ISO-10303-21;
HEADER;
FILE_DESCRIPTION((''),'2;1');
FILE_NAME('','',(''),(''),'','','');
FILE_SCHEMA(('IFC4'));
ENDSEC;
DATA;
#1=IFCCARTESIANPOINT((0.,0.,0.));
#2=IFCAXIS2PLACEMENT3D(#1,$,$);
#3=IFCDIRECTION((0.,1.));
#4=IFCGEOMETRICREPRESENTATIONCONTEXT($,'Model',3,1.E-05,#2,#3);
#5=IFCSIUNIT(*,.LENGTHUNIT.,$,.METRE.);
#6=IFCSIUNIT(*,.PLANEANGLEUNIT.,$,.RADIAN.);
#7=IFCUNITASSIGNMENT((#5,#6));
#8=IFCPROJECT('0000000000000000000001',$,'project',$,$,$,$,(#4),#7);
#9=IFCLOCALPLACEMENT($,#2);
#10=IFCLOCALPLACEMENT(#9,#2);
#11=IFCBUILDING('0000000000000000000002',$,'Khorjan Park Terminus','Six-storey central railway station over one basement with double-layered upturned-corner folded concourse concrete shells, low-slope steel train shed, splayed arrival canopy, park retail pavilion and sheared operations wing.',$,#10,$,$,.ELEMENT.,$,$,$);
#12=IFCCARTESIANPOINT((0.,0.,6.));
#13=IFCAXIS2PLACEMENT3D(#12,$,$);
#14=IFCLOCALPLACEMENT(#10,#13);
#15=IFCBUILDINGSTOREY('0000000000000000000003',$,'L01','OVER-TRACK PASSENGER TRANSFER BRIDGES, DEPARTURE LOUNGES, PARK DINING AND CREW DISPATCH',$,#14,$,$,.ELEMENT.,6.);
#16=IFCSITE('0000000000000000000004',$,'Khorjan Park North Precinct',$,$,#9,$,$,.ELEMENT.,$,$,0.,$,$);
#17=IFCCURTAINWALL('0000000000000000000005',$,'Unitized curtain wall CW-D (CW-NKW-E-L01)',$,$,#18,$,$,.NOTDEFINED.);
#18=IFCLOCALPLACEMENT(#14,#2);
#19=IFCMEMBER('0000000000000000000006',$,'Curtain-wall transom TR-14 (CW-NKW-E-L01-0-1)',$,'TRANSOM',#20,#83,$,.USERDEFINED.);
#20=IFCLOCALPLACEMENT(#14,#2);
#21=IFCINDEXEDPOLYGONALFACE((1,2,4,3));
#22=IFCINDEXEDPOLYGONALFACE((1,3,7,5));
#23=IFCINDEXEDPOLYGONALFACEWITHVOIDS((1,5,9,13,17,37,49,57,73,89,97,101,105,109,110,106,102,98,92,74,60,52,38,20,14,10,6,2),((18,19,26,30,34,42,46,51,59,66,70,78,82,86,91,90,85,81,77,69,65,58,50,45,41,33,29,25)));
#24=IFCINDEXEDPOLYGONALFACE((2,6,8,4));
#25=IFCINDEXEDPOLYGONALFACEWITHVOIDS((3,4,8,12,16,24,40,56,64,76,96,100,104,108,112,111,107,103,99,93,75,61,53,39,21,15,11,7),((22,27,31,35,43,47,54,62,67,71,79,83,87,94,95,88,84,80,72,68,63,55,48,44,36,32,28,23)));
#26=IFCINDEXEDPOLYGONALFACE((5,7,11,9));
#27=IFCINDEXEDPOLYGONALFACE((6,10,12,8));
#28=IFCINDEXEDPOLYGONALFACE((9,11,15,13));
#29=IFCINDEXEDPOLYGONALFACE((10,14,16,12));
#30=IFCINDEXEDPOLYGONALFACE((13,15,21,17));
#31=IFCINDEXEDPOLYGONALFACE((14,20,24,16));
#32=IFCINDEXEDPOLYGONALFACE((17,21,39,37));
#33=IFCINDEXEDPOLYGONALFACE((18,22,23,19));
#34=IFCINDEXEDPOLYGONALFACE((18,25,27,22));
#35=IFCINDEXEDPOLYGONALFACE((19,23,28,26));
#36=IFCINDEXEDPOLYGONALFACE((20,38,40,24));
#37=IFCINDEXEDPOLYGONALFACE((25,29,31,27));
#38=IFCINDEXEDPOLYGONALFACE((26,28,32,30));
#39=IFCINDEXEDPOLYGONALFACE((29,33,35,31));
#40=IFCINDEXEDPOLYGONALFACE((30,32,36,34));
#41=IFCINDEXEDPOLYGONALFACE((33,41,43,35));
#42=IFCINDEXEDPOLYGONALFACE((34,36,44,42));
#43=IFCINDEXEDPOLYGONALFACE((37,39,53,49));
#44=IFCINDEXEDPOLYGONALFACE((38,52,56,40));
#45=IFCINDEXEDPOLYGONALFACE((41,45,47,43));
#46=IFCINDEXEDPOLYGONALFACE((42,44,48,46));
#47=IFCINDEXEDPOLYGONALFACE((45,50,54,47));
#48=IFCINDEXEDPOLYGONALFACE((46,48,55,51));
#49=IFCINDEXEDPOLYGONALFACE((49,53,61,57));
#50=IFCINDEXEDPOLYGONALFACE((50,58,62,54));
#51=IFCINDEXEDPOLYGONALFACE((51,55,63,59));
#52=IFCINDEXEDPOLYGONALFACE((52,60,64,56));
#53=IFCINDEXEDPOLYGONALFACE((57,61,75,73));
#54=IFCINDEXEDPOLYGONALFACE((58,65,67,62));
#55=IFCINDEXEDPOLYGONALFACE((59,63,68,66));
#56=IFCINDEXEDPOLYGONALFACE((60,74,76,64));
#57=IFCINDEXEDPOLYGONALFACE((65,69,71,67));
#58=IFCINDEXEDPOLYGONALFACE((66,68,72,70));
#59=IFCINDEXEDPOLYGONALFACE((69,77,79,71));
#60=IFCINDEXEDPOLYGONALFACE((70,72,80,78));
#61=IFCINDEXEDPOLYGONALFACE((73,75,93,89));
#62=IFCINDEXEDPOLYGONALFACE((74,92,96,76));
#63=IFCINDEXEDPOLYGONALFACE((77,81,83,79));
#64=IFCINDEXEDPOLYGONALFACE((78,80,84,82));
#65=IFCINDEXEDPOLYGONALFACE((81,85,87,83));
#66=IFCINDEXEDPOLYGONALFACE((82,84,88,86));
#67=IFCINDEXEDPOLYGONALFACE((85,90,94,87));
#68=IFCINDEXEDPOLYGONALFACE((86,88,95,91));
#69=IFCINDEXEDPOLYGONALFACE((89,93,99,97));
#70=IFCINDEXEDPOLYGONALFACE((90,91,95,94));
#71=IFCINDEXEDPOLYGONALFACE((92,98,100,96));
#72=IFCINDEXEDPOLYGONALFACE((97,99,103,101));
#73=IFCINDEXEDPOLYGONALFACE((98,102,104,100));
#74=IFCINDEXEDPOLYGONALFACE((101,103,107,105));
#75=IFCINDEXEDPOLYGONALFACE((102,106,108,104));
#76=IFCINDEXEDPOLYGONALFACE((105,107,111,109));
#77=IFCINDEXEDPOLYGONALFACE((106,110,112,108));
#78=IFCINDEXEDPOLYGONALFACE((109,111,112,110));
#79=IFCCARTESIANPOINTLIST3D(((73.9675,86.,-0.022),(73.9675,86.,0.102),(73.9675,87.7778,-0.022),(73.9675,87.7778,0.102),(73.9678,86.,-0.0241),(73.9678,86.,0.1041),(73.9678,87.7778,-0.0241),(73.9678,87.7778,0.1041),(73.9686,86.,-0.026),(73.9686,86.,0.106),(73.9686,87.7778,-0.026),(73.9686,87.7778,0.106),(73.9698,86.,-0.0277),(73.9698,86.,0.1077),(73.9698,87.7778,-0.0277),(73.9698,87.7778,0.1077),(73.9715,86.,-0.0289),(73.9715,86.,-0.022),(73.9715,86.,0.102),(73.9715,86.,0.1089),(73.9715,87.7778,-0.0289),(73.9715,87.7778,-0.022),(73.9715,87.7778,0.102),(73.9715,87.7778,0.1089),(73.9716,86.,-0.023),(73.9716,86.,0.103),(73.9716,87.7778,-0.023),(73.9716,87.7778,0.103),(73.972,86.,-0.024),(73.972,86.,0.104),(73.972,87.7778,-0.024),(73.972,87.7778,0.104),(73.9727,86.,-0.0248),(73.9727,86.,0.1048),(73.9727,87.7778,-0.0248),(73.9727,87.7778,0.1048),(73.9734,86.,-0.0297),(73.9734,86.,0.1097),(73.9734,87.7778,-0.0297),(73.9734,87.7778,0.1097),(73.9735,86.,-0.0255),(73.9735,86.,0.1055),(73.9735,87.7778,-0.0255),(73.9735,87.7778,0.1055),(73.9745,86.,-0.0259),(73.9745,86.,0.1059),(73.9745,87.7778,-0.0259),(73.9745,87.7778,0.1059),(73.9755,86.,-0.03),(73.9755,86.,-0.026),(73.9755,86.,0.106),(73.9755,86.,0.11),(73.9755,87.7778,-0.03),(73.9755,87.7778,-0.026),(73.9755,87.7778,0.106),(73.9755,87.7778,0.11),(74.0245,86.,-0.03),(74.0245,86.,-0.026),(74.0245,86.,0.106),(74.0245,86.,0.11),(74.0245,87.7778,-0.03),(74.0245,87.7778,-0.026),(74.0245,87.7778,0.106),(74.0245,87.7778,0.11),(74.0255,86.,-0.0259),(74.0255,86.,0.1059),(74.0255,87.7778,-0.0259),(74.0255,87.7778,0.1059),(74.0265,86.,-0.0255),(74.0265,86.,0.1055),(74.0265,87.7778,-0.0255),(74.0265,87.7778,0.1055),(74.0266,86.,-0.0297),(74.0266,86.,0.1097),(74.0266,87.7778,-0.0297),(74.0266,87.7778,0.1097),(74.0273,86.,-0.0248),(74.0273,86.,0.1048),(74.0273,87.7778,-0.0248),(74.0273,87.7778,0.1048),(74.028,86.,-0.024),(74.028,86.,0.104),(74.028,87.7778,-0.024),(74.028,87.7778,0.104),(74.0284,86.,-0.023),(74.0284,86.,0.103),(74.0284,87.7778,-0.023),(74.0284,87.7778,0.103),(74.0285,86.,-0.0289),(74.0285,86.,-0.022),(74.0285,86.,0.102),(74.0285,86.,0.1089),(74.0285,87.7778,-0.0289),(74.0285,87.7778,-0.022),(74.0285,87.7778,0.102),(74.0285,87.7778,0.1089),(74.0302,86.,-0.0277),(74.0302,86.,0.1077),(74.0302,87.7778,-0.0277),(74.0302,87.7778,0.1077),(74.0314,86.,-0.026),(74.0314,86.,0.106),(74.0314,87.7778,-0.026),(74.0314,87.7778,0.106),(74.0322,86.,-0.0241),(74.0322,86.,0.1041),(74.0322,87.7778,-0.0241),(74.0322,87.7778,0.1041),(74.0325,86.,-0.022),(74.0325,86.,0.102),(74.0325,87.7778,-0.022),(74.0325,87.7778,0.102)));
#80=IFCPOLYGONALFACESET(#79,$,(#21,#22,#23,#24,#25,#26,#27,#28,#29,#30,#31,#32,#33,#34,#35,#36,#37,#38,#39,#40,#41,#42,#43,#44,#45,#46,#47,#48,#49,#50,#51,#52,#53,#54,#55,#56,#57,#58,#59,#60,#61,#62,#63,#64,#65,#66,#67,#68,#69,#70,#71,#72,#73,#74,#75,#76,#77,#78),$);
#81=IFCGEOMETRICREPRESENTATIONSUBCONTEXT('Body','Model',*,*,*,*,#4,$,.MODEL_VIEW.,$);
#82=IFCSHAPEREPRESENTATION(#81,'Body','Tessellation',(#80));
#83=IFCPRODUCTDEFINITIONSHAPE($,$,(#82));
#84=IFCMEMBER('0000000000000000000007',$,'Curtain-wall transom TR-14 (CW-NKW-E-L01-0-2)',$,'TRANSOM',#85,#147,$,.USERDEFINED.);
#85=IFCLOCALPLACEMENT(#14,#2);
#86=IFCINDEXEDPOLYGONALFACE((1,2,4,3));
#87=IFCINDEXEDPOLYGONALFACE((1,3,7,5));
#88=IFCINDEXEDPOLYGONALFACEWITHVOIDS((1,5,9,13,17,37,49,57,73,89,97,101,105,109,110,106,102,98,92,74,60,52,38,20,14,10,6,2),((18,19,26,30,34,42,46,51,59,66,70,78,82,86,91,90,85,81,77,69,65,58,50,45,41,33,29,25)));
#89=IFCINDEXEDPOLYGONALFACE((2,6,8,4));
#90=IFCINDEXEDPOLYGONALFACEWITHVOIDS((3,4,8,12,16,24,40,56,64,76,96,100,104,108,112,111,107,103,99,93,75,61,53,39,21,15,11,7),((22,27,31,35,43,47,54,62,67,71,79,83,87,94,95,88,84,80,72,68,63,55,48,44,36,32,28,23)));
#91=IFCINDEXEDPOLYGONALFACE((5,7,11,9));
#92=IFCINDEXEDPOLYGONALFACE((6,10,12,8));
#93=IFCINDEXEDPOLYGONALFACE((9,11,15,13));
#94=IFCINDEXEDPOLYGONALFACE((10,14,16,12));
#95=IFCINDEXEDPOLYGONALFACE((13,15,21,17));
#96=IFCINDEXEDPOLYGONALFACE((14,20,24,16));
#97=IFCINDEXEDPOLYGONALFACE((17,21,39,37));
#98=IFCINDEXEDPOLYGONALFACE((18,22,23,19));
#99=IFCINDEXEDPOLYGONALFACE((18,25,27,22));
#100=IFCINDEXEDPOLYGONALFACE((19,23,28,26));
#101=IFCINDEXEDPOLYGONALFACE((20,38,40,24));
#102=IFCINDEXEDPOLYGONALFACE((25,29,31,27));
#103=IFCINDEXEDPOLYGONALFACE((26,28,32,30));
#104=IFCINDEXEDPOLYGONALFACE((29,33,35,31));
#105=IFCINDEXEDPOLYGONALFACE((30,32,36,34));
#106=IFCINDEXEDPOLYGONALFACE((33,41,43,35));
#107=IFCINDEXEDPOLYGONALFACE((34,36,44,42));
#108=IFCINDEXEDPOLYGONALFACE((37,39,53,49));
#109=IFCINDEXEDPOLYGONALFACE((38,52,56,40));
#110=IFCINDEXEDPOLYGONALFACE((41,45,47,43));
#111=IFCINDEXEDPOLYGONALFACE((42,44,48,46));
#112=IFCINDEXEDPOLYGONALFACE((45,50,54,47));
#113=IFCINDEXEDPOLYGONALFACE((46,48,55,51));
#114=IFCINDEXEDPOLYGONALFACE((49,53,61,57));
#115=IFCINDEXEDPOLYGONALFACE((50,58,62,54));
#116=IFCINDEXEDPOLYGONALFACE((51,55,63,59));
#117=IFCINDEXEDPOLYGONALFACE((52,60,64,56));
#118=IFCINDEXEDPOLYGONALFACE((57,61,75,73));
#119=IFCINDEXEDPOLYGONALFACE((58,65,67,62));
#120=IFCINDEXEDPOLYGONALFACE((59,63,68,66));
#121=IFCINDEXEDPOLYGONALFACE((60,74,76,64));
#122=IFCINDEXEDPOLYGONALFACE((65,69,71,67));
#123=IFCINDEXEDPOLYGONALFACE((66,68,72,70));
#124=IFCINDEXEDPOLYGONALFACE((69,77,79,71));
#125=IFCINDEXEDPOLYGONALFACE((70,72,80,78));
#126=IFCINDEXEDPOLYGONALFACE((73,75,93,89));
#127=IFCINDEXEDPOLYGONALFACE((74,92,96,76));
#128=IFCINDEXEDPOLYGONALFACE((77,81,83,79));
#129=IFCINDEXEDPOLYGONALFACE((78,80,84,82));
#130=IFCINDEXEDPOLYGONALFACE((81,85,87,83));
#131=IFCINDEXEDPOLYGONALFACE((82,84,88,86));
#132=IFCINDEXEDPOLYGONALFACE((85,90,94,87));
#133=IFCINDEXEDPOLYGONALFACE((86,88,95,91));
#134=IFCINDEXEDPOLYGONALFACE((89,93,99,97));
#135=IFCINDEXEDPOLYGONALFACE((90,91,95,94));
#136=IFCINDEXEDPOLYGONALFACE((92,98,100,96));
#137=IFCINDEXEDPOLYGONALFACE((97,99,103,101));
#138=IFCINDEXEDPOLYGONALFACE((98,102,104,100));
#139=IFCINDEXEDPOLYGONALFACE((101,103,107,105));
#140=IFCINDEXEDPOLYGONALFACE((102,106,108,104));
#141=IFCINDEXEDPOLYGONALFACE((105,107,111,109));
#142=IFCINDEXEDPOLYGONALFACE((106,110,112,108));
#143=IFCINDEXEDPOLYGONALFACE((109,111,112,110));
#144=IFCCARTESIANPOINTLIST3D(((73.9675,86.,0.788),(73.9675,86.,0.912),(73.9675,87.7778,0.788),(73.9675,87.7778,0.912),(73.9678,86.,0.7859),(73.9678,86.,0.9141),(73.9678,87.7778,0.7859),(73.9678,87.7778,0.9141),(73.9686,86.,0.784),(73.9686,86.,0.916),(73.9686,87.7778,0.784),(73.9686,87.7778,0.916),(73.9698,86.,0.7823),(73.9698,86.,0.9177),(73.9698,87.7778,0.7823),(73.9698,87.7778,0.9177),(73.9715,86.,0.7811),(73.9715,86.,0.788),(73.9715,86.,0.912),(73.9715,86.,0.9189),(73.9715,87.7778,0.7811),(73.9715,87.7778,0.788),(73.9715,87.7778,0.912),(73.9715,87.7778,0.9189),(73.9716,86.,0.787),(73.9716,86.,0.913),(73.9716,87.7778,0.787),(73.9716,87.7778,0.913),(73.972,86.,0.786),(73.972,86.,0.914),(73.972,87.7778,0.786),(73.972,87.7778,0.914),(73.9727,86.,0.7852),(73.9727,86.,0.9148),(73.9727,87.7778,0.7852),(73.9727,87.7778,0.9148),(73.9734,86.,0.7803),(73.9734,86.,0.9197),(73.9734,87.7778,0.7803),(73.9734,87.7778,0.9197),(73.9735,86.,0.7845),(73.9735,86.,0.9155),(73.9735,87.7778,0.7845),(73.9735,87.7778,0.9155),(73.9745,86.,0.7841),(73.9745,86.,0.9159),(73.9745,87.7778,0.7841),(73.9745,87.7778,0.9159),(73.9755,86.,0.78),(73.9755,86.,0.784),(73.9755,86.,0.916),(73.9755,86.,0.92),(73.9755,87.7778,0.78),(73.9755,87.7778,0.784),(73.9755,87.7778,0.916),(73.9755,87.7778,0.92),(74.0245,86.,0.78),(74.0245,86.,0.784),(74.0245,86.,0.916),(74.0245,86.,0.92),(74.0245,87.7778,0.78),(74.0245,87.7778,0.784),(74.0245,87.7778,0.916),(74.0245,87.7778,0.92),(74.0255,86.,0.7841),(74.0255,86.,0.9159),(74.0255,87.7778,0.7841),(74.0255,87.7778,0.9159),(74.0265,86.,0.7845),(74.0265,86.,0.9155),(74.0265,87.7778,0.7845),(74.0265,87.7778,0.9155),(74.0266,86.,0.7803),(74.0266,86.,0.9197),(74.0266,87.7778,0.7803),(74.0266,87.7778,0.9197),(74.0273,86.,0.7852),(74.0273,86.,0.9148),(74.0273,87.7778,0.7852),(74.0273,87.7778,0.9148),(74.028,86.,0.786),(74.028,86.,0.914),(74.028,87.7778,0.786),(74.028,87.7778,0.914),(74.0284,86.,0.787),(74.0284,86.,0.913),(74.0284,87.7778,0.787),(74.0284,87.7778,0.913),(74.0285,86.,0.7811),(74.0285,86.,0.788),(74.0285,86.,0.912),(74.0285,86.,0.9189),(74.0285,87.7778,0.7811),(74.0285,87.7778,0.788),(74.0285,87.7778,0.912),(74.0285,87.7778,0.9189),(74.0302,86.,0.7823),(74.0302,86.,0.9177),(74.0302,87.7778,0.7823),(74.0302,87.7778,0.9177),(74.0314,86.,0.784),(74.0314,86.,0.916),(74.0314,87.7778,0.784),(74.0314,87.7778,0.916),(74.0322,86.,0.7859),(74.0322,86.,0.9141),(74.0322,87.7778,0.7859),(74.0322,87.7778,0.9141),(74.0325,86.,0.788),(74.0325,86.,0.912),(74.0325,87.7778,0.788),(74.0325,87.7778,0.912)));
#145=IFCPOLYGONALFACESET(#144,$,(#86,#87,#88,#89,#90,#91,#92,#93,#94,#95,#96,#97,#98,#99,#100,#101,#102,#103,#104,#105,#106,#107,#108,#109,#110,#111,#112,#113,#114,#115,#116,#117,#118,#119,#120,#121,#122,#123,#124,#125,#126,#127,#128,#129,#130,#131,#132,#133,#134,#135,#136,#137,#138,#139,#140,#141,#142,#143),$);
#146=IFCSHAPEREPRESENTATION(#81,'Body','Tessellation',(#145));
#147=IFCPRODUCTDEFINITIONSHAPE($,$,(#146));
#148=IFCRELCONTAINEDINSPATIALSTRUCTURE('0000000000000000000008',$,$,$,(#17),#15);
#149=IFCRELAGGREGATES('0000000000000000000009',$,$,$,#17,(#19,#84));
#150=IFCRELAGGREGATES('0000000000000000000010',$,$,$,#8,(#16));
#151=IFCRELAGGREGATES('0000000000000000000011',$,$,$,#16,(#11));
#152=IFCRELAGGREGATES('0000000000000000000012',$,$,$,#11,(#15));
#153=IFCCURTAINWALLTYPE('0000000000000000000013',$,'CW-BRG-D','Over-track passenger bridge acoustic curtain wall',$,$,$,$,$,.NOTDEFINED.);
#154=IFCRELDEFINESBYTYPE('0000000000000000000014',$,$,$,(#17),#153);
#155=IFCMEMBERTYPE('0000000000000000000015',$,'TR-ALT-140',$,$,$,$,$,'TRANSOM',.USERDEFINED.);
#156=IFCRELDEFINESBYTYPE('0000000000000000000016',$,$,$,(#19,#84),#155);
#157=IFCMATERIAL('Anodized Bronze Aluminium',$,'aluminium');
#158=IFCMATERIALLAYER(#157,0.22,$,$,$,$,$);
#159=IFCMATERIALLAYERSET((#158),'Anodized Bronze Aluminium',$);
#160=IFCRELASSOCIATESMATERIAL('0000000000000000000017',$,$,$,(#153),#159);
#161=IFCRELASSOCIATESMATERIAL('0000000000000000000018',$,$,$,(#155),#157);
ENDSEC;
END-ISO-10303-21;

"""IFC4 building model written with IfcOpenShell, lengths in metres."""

from ifc_helpers import new_model, si_unit, direction, frame, origin, origin_2d, place, context, subcontext, project, spatial, hollow_rectangle, extrude, material, layer, layer_set, material_profile, profile_set, type_object, element, aggregate, save


model = new_model("IFC4")

# Units and contexts
model_context = context("Model", 3, precision=1e-05, world=origin(), true_north=direction((0.0, 1.0)))
body_context = subcontext(model_context, "Body", "Model", "MODEL_VIEW")
ifc_project = project(units=[si_unit("LENGTHUNIT", "METRE"), si_unit("PLANEANGLEUNIT", "RADIAN")], contexts=[model_context])

# Site, building, storey
site_placement = place(None, origin())
site = spatial("IfcSite", under=ifc_project, at=site_placement, Name="Khorjan Park North Precinct", CompositionType="ELEMENT", RefElevation=0.0)
building_placement = place(site_placement, origin())
building = spatial("IfcBuilding", under=site, at=building_placement, Name="Khorjan Park Terminus", Description="Six-storey central railway station over one basement with double-layered upturned-corner folded concourse concrete shells, low-slope steel train shed, splayed arrival canopy, park retail pavilion and sheared operations wing.", CompositionType="ELEMENT")
storey_placement = place(building_placement, frame((0.0, 0.0, 6.0)))
storey = spatial("IfcBuildingStorey", under=building, at=storey_placement, Name="L01", Description="OVER-TRACK PASSENGER TRANSFER BRIDGES, DEPARTURE LOUNGES, PARK DINING AND CREW DISPATCH", CompositionType="ELEMENT", Elevation=6.0)

# Curtain wall
ifc_material_1 = material(Name="Anodized Bronze Aluminium", Category="aluminium")
ifc_layer_1 = layer(ifc_material_1, 0.22)
ifc_layer_set_1 = layer_set([ifc_layer_1], Name="Anodized Bronze Aluminium")
curtain_wall_type_1 = type_object("IfcCurtainWallType", Name="CW-BRG-D", Description="Over-track passenger bridge acoustic curtain wall", PredefinedType="NOTDEFINED", material=ifc_layer_set_1)
curtain_wall_1_placement = place(storey_placement, origin())
curtain_wall_1 = element("IfcCurtainWall", 1, at=curtain_wall_1_placement, inside=storey, type_object=curtain_wall_type_1, Name="Unitized curtain wall CW-D (CW-NKW-E-L01)", PredefinedType="NOTDEFINED")

# Members
ifc_material_profile_1 = material_profile(ifc_material_1, hollow_rectangle(XDim=0.065, YDim=0.14, WallThickness=0.004, InnerFilletRadius=0.004, OuterFilletRadius=0.008, at=origin_2d()), Name="ALT 65x140x4")
ifc_profile_set_1 = profile_set([ifc_material_profile_1], Name="Anodized Bronze Aluminium")
member_type_1 = type_object("IfcMemberType", Name="TR-ALT-140", ElementType="TRANSOM", PredefinedType="USERDEFINED", material=ifc_profile_set_1)
member_1_placement = place(storey_placement, frame((74.0, 86.0, 0.04), z_axis=(0.0, 1.0, 0.0), x_axis=(-1.0, 0.0, 0.0)))
member_1 = element("IfcMember", 2, at=member_1_placement, type_object=member_type_1, Name="Curtain-wall transom TR-14 (CW-NKW-E-L01-0-1)", ObjectType="TRANSOM", PredefinedType="USERDEFINED", context=body_context, shape_type="SweptSolid", body=[
    extrude(hollow_rectangle(XDim=0.065, YDim=0.14, WallThickness=0.004, InnerFilletRadius=0.004, OuterFilletRadius=0.008, at=origin_2d()), origin(), (0.0, 0.0, 1.0), 1.7778),
])
member_2_placement = place(storey_placement, frame((74.0, 86.0, 0.85), z_axis=(0.0, 1.0, 0.0), x_axis=(-1.0, 0.0, 0.0)))
member_2 = element("IfcMember", 3, at=member_2_placement, type_object=member_type_1, Name="Curtain-wall transom TR-14 (CW-NKW-E-L01-0-2)", ObjectType="TRANSOM", PredefinedType="USERDEFINED", context=body_context, shape_type="SweptSolid", body=[
    extrude(hollow_rectangle(XDim=0.065, YDim=0.14, WallThickness=0.004, InnerFilletRadius=0.004, OuterFilletRadius=0.008, at=origin_2d()), origin(), (0.0, 0.0, 1.0), 1.7778),
])

aggregate(curtain_wall_1, [member_1, member_2])

save(model, "model.ifc")
